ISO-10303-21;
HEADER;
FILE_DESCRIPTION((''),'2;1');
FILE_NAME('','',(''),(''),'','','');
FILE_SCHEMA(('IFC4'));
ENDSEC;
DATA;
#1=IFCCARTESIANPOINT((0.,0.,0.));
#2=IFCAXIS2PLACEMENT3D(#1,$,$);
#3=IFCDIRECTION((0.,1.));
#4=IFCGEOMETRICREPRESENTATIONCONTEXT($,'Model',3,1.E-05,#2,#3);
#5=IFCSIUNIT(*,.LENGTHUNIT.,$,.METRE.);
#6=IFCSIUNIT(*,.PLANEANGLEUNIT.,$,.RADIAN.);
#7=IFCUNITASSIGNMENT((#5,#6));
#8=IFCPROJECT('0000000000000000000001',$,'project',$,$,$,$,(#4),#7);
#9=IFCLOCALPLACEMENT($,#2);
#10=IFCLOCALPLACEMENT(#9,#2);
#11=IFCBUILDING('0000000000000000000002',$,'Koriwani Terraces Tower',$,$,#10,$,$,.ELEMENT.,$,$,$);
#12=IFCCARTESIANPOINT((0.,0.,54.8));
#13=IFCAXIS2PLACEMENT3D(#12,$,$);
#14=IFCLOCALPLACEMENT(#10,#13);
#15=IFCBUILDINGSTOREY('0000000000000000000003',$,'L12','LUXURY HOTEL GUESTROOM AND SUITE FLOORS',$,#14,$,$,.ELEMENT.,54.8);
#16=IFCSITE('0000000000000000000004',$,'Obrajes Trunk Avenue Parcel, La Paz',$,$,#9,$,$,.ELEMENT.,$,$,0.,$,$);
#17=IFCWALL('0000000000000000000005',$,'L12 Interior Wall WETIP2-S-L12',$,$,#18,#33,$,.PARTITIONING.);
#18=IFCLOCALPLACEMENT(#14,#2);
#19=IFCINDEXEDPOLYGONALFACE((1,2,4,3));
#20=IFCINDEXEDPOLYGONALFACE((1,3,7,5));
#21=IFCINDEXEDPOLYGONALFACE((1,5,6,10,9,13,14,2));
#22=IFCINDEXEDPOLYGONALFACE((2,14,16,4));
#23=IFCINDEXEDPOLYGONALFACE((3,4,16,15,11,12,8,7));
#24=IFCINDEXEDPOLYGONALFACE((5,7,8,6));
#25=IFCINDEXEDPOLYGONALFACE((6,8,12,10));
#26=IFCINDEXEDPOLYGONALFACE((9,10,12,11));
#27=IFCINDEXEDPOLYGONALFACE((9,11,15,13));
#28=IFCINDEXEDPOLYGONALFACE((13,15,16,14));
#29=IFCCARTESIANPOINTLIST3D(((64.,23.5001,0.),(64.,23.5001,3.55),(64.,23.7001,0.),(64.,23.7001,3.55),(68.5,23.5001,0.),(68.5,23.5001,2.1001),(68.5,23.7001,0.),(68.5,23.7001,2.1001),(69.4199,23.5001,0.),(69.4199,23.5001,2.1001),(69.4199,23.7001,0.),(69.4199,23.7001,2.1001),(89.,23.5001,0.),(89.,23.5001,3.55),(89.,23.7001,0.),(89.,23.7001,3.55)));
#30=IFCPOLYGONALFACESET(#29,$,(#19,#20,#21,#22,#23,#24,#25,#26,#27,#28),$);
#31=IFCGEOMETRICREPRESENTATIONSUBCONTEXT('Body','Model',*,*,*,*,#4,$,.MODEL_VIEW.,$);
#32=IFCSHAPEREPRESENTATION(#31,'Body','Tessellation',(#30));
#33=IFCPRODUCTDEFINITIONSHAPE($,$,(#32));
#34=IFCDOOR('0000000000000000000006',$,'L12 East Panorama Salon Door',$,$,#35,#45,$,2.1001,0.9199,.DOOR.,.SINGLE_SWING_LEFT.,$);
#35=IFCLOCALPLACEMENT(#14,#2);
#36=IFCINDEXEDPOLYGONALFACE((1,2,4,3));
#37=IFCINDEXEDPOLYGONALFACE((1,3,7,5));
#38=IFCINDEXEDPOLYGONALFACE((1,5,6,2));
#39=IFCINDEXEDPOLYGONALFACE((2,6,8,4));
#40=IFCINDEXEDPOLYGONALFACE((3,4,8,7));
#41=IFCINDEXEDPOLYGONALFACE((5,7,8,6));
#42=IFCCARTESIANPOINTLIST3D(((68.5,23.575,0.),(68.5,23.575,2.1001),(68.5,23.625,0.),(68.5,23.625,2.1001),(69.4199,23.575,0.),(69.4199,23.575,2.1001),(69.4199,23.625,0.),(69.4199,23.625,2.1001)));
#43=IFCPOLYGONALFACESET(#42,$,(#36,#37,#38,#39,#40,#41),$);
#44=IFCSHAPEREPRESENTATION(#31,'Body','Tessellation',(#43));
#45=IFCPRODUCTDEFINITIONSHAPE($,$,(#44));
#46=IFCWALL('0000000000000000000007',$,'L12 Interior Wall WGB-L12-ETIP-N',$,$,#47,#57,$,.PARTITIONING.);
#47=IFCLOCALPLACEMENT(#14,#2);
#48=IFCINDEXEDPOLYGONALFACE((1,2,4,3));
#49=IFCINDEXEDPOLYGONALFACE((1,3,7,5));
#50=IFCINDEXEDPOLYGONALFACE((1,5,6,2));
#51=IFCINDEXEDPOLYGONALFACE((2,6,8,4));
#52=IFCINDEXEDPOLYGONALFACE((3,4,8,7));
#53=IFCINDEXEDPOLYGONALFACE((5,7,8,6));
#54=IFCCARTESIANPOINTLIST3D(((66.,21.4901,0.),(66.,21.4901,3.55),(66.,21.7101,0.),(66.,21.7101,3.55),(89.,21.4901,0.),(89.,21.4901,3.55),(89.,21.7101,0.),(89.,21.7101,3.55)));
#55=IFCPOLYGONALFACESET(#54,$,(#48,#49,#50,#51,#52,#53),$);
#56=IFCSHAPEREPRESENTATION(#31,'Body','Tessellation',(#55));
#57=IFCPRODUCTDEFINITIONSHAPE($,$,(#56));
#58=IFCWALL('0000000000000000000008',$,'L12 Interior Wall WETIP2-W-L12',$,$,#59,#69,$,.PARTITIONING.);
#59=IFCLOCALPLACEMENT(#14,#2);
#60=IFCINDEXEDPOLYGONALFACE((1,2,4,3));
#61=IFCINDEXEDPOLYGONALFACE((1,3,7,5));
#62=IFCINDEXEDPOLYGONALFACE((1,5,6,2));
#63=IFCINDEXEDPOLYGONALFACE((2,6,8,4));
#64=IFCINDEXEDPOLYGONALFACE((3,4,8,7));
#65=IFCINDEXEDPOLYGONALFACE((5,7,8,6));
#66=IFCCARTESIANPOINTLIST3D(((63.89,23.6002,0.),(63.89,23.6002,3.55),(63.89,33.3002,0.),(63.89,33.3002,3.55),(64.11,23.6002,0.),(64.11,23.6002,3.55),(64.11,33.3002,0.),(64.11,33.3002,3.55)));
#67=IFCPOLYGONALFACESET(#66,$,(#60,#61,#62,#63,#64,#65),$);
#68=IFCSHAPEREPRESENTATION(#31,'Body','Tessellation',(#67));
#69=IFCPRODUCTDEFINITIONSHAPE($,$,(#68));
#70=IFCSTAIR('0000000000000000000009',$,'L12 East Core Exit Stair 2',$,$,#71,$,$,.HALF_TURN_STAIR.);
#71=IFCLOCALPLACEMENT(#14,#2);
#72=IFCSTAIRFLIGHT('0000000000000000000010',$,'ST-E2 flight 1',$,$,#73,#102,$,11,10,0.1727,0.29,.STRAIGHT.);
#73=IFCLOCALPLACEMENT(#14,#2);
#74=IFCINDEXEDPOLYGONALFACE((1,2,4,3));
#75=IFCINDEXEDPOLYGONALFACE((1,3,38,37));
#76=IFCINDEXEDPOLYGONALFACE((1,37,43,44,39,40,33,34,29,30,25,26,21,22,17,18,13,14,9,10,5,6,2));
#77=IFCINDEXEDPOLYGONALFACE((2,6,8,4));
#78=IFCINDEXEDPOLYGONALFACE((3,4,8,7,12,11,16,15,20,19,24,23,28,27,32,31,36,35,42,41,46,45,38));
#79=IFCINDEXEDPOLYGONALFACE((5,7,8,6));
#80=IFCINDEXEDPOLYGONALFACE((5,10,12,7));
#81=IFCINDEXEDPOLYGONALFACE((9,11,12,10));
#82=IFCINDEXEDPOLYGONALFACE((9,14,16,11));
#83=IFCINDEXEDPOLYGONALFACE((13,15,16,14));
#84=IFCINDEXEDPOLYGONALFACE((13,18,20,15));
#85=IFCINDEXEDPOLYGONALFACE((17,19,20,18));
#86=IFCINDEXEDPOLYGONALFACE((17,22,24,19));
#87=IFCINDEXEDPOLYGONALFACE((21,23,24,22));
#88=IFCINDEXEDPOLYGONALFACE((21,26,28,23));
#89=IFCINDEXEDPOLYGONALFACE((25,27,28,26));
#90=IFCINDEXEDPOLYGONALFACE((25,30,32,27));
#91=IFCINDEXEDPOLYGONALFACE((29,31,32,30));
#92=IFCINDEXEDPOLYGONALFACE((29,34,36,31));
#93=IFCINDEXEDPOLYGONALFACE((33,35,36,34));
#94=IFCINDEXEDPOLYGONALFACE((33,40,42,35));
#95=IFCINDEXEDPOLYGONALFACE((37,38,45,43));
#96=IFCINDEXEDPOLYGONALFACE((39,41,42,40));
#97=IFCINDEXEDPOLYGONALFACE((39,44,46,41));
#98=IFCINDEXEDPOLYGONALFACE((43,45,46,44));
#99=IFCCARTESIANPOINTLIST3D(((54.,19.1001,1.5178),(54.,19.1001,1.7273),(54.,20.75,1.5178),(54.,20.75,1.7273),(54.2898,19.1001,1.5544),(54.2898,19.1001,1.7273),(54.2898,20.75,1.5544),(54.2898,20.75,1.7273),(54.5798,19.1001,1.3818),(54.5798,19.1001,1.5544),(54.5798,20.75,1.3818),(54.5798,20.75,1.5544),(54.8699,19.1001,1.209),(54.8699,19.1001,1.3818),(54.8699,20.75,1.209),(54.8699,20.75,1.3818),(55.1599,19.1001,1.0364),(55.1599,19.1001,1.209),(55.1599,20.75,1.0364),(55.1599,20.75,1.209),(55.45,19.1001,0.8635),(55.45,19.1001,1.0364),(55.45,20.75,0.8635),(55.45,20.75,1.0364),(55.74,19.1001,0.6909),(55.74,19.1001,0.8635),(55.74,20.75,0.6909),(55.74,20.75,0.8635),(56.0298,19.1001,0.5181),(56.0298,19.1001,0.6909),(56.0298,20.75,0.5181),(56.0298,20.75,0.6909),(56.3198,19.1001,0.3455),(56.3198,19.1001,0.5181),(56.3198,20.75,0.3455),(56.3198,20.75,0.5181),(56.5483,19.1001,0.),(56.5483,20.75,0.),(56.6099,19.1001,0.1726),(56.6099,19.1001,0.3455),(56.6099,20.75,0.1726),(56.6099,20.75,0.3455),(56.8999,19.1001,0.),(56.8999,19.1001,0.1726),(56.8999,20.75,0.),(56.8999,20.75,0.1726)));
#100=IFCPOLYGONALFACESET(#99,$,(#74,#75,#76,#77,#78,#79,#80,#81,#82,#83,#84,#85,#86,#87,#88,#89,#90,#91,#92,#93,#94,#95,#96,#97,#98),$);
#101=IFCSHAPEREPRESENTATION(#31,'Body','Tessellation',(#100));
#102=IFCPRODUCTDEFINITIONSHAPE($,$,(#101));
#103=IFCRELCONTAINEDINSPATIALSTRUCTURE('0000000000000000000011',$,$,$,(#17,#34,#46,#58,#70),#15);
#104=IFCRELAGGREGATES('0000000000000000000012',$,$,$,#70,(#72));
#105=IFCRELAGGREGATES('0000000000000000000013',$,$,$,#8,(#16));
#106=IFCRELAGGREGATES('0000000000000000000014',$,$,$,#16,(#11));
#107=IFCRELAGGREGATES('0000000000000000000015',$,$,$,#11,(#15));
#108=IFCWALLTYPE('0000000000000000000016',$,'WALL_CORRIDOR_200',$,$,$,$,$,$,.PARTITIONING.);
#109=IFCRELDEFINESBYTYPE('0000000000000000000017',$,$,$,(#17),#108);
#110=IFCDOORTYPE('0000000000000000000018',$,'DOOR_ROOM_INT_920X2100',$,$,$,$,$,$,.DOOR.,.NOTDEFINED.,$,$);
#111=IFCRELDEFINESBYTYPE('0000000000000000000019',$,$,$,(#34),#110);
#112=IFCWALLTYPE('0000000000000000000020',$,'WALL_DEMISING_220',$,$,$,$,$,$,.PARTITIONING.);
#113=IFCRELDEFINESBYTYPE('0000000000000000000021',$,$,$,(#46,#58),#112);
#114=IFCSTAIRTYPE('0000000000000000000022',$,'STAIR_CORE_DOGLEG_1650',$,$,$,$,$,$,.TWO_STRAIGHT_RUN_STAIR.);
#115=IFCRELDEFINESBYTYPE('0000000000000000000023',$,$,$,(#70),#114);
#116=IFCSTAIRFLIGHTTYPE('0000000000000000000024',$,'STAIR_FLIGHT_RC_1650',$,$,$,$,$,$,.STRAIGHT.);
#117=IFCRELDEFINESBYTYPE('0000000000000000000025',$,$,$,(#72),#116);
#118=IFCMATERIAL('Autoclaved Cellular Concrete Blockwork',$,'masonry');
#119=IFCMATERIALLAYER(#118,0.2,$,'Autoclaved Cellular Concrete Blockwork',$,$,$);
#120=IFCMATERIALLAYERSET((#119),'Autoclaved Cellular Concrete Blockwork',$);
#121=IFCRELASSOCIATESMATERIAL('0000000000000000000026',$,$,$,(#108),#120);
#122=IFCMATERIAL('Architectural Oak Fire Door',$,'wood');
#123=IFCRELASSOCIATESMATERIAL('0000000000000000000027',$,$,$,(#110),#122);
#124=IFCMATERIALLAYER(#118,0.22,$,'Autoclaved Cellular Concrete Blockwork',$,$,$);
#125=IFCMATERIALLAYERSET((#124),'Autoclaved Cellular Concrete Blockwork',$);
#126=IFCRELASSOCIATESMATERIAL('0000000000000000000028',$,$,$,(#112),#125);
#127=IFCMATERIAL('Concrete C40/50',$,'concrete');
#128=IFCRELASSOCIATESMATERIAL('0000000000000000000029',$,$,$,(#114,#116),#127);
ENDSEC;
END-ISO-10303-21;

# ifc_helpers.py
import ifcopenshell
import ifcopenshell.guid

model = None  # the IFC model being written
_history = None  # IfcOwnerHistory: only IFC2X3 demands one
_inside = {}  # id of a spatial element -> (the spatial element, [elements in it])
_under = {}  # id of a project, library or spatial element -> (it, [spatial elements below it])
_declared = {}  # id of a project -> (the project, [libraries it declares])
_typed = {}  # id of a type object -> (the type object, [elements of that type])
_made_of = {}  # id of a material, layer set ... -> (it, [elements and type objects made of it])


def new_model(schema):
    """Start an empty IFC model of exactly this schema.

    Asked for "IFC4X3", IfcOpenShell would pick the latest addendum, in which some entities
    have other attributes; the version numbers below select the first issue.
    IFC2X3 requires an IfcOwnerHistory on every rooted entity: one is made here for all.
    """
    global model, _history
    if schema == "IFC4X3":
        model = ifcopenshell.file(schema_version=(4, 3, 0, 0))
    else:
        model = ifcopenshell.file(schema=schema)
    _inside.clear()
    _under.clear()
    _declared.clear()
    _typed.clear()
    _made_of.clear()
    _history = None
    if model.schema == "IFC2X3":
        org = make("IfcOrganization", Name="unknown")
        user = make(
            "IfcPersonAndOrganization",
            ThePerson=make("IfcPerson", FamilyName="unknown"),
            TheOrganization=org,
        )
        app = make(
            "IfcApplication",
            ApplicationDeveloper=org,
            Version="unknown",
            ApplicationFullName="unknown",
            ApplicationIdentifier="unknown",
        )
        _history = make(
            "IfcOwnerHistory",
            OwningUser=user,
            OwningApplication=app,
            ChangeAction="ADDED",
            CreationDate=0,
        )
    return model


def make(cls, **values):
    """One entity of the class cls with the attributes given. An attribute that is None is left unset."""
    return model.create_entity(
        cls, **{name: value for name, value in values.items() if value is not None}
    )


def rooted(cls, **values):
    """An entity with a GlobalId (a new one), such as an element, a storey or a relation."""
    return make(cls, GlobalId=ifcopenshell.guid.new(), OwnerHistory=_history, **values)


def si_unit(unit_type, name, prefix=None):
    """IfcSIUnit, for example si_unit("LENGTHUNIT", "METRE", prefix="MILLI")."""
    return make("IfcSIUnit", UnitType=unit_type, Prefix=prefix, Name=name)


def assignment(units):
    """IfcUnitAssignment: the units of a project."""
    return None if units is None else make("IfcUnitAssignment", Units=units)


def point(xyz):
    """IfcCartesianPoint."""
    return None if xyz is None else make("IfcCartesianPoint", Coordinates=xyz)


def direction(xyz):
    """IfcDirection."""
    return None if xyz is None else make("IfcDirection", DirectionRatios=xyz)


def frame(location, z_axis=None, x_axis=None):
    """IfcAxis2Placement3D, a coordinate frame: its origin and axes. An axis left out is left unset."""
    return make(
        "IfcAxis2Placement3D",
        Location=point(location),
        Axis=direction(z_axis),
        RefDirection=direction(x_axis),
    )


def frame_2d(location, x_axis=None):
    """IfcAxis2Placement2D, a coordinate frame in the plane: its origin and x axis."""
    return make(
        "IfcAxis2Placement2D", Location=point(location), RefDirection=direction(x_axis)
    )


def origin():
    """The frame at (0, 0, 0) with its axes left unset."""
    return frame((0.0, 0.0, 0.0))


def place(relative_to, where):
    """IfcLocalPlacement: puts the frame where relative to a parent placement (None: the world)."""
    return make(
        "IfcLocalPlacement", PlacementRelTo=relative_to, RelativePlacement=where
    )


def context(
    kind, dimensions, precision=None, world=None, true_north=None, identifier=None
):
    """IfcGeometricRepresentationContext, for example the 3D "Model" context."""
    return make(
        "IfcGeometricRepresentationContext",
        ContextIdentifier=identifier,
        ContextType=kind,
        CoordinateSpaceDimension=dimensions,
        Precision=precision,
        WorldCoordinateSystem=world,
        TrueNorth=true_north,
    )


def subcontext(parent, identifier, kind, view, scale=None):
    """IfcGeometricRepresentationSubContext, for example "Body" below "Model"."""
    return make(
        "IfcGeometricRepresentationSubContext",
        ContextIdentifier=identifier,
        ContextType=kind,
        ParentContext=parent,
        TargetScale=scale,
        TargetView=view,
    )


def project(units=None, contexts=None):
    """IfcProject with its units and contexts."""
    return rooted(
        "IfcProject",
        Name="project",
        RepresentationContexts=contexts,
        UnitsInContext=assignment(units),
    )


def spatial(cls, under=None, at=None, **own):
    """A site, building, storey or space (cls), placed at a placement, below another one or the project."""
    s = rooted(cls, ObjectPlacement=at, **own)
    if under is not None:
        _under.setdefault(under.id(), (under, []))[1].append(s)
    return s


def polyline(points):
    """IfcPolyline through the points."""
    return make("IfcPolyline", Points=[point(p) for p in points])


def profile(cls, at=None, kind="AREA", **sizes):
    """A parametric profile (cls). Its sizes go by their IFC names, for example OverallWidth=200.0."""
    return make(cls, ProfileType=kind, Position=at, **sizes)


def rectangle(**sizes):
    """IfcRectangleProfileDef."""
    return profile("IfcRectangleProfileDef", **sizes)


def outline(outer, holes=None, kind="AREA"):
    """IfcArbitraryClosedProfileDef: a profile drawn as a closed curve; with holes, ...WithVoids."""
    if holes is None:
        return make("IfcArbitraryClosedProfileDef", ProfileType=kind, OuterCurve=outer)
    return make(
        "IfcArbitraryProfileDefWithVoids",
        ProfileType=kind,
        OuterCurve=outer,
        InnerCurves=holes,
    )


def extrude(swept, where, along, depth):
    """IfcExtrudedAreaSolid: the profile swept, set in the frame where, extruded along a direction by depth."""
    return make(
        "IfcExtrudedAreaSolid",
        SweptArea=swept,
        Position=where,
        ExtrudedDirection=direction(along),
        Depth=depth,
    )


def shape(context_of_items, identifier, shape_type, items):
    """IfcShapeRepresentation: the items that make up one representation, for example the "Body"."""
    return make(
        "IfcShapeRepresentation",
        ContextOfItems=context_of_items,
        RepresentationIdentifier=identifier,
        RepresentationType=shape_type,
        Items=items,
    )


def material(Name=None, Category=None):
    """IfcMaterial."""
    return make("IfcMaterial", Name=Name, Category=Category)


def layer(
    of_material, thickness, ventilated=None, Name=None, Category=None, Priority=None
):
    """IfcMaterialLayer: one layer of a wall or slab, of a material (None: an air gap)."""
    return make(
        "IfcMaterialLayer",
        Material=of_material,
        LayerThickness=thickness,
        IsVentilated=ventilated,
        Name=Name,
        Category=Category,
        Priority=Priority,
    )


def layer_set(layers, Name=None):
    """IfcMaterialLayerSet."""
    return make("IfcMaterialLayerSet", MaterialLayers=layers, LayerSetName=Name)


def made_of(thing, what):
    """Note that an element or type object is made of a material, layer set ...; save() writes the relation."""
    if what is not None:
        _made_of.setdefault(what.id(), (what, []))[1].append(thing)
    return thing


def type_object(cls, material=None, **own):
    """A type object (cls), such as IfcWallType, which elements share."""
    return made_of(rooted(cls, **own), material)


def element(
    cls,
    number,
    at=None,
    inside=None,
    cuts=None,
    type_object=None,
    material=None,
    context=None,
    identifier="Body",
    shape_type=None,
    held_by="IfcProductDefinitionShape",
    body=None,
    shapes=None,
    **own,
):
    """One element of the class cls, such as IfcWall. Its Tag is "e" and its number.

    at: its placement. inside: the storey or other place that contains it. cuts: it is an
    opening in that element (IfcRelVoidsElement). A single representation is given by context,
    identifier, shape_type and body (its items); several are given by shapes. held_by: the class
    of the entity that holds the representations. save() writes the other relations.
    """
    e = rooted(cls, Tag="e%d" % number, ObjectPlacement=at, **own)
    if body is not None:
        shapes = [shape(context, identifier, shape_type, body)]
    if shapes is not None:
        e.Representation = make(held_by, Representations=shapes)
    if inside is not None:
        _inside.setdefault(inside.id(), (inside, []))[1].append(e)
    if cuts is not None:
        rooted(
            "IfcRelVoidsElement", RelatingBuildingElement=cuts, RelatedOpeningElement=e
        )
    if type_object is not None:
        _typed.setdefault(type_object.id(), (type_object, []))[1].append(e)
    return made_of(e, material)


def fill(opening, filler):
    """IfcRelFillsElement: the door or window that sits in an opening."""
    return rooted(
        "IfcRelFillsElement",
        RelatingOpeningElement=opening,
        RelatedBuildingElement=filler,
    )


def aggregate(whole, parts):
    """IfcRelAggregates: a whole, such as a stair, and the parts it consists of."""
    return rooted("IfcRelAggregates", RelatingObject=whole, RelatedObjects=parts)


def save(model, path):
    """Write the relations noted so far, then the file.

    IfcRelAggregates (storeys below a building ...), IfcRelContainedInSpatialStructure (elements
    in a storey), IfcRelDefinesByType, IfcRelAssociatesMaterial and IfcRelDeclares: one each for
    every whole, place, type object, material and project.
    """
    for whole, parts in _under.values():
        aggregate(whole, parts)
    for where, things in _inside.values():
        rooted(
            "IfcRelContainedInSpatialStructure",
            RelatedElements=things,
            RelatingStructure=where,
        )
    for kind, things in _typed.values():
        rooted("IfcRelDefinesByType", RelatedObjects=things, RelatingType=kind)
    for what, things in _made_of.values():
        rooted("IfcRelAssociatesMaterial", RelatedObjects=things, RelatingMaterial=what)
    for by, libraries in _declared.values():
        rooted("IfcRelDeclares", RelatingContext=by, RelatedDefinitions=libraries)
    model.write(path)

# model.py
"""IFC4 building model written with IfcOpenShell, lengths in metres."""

from ifc_helpers import new_model, si_unit, direction, frame, frame_2d, origin, place, context, subcontext, project, spatial, polyline, rectangle, outline, extrude, material, layer, layer_set, type_object, element, fill, aggregate, save


model = new_model("IFC4")

# Units and contexts
model_context = context("Model", 3, precision=1e-05, world=origin(), true_north=direction((0.0, 1.0)))
body_context = subcontext(model_context, "Body", "Model", "MODEL_VIEW")
ifc_project = project(units=[si_unit("LENGTHUNIT", "METRE"), si_unit("PLANEANGLEUNIT", "RADIAN")], contexts=[model_context])

# Site, building, storey
site_placement = place(None, origin())
site = spatial("IfcSite", under=ifc_project, at=site_placement, Name="Obrajes Trunk Avenue Parcel, La Paz", CompositionType="ELEMENT", RefElevation=0.0)
building_placement = place(site_placement, origin())
building = spatial("IfcBuilding", under=site, at=building_placement, Name="Koriwani Terraces Tower", CompositionType="ELEMENT")
storey_placement = place(building_placement, frame((0.0, 0.0, 54.8)))
storey = spatial("IfcBuildingStorey", under=building, at=storey_placement, Name="L12", Description="LUXURY HOTEL GUESTROOM AND SUITE FLOORS", CompositionType="ELEMENT", Elevation=54.8)

# Wall, opening, door
ifc_material_1 = material(Name="Autoclaved Cellular Concrete Blockwork", Category="masonry")
ifc_layer_1 = layer(ifc_material_1, 0.2, Name="Autoclaved Cellular Concrete Blockwork")
ifc_layer_set_1 = layer_set([ifc_layer_1], Name="Autoclaved Cellular Concrete Blockwork")
wall_type_1 = type_object("IfcWallType", Name="WALL_CORRIDOR_200", PredefinedType="PARTITIONING", material=ifc_layer_set_1)
wall_1_placement = place(storey_placement, frame((64.0, 23.6001, 0.0), z_axis=(0.0, 0.0, 1.0), x_axis=(1.0, 0.0, 0.0)))
wall_1 = element("IfcWall", 1, at=wall_1_placement, inside=storey, type_object=wall_type_1, Name="L12 Interior Wall WETIP2-S-L12", PredefinedType="PARTITIONING", context=body_context, shape_type="SweptSolid", body=[
    extrude(rectangle(XDim=25.0, YDim=0.2, at=frame_2d((12.5, 0.0))), origin(), (0.0, 0.0, 1.0), 3.55),
])
opening_1_placement = place(wall_1_placement, frame((4.5, 0.0, 0.0)))
opening_1 = element("IfcOpeningElement", 2, at=opening_1_placement, cuts=wall_1, PredefinedType="OPENING", context=body_context, shape_type="SweptSolid", body=[
    extrude(rectangle(XDim=0.9199, YDim=2.1001, at=frame_2d((0.46, 1.05))), frame((0.0, 0.1099, 0.0), z_axis=(0.0, -1.0, 0.0), x_axis=(1.0, 0.0, 0.0)), (0.0, 0.0, 1.0), 0.22),
])
ifc_material_2 = material(Name="Architectural Oak Fire Door", Category="wood")
door_type_1 = type_object("IfcDoorType", Name="DOOR_ROOM_INT_920X2100", OperationType="NOTDEFINED", PredefinedType="DOOR", material=ifc_material_2)
door_1_placement = place(opening_1_placement, origin())
door_1 = element("IfcDoor", 3, at=door_1_placement, inside=storey, type_object=door_type_1, Name="L12 East Panorama Salon Door", OperationType="SINGLE_SWING_LEFT", OverallHeight=2.1001, OverallWidth=0.9199, PredefinedType="DOOR", context=body_context, shape_type="SweptSolid", body=[
    extrude(rectangle(XDim=0.9199, YDim=2.1001, at=frame_2d((0.46, 1.05))), frame((0.0, 0.0249, 0.0), z_axis=(0.0, -1.0, 0.0), x_axis=(1.0, 0.0, 0.0)), (0.0, 0.0, 1.0), 0.05),
])
fill(opening_1, door_1)

# Walls
ifc_layer_2 = layer(ifc_material_1, 0.22, Name="Autoclaved Cellular Concrete Blockwork")
ifc_layer_set_2 = layer_set([ifc_layer_2], Name="Autoclaved Cellular Concrete Blockwork")
wall_type_2 = type_object("IfcWallType", Name="WALL_DEMISING_220", PredefinedType="PARTITIONING", material=ifc_layer_set_2)
wall_2_placement = place(storey_placement, frame((66.0, 21.6001, 0.0), z_axis=(0.0, 0.0, 1.0), x_axis=(1.0, 0.0, 0.0)))
element("IfcWall", 4, at=wall_2_placement, inside=storey, type_object=wall_type_2, Name="L12 Interior Wall WGB-L12-ETIP-N", PredefinedType="PARTITIONING", context=body_context, shape_type="SweptSolid", body=[
    extrude(rectangle(XDim=23.0, YDim=0.22, at=frame_2d((11.5, 0.0))), origin(), (0.0, 0.0, 1.0), 3.55),
])
wall_3_placement = place(storey_placement, frame((64.0, 23.6001, 0.0), z_axis=(0.0, 0.0, 1.0), x_axis=(0.0, 1.0, 0.0)))
element("IfcWall", 5, at=wall_3_placement, inside=storey, type_object=wall_type_2, Name="L12 Interior Wall WETIP2-W-L12", PredefinedType="PARTITIONING", context=body_context, shape_type="SweptSolid", body=[
    extrude(rectangle(XDim=9.7, YDim=0.22, at=frame_2d((4.8501, 0.0))), origin(), (0.0, 0.0, 1.0), 3.55),
])

# Shared definitions
ifc_material_3 = material(Name="Concrete C40/50", Category="concrete")

# Stair, stair flight
stair_type = type_object("IfcStairType", Name="STAIR_CORE_DOGLEG_1650", PredefinedType="TWO_STRAIGHT_RUN_STAIR", material=ifc_material_3)
stair_placement = place(storey_placement, origin())
stair = element("IfcStair", 6, at=stair_placement, inside=storey, type_object=stair_type, Name="L12 East Core Exit Stair 2", PredefinedType="HALF_TURN_STAIR")
stair_flight_type = type_object("IfcStairFlightType", Name="STAIR_FLIGHT_RC_1650", PredefinedType="STRAIGHT", material=ifc_material_3)
stair_flight_placement = place(storey_placement, frame((56.8999, 19.925, 0.0), z_axis=(0.0, 0.0, 1.0), x_axis=(-1.0, 0.0, 0.0)))
stair_flight = element("IfcStairFlight", 7, at=stair_flight_placement, type_object=stair_flight_type, Name="ST-E2 flight 1", NumberOfRisers=11, NumberOfTreads=10, PredefinedType="STRAIGHT", RiserHeight=0.1727, TreadLength=0.29, context=body_context, shape_type="SweptSolid", body=[
    extrude(outline(polyline([(0.0, 0.0), (0.0, 0.1726), (0.29, 0.1726), (0.29, 0.3455), (0.5801, 0.3455), (0.5801, 0.5181), (0.8701, 0.5181), (0.8701, 0.6909), (1.1599, 0.6909), (1.1599, 0.8635), (1.45, 0.8635), (1.45, 1.0364), (1.74, 1.0364), (1.74, 1.209), (2.03, 1.209), (2.03, 1.3818), (2.3201, 1.3818), (2.3201, 1.5544), (2.6101, 1.5544), (2.6101, 1.7273), (2.8999, 1.7273), (2.8999, 1.8999), (2.8999, 1.5178), (0.3516, 0.0), (0.0, 0.0)])), frame((0.0, 0.825, 0.0), z_axis=(0.0, -1.0, 0.0), x_axis=(1.0, 0.0, 0.0)), (0.0, 0.0, 1.0), 1.6499),
])
aggregate(stair, [stair_flight])

save(model, "model.ifc")
